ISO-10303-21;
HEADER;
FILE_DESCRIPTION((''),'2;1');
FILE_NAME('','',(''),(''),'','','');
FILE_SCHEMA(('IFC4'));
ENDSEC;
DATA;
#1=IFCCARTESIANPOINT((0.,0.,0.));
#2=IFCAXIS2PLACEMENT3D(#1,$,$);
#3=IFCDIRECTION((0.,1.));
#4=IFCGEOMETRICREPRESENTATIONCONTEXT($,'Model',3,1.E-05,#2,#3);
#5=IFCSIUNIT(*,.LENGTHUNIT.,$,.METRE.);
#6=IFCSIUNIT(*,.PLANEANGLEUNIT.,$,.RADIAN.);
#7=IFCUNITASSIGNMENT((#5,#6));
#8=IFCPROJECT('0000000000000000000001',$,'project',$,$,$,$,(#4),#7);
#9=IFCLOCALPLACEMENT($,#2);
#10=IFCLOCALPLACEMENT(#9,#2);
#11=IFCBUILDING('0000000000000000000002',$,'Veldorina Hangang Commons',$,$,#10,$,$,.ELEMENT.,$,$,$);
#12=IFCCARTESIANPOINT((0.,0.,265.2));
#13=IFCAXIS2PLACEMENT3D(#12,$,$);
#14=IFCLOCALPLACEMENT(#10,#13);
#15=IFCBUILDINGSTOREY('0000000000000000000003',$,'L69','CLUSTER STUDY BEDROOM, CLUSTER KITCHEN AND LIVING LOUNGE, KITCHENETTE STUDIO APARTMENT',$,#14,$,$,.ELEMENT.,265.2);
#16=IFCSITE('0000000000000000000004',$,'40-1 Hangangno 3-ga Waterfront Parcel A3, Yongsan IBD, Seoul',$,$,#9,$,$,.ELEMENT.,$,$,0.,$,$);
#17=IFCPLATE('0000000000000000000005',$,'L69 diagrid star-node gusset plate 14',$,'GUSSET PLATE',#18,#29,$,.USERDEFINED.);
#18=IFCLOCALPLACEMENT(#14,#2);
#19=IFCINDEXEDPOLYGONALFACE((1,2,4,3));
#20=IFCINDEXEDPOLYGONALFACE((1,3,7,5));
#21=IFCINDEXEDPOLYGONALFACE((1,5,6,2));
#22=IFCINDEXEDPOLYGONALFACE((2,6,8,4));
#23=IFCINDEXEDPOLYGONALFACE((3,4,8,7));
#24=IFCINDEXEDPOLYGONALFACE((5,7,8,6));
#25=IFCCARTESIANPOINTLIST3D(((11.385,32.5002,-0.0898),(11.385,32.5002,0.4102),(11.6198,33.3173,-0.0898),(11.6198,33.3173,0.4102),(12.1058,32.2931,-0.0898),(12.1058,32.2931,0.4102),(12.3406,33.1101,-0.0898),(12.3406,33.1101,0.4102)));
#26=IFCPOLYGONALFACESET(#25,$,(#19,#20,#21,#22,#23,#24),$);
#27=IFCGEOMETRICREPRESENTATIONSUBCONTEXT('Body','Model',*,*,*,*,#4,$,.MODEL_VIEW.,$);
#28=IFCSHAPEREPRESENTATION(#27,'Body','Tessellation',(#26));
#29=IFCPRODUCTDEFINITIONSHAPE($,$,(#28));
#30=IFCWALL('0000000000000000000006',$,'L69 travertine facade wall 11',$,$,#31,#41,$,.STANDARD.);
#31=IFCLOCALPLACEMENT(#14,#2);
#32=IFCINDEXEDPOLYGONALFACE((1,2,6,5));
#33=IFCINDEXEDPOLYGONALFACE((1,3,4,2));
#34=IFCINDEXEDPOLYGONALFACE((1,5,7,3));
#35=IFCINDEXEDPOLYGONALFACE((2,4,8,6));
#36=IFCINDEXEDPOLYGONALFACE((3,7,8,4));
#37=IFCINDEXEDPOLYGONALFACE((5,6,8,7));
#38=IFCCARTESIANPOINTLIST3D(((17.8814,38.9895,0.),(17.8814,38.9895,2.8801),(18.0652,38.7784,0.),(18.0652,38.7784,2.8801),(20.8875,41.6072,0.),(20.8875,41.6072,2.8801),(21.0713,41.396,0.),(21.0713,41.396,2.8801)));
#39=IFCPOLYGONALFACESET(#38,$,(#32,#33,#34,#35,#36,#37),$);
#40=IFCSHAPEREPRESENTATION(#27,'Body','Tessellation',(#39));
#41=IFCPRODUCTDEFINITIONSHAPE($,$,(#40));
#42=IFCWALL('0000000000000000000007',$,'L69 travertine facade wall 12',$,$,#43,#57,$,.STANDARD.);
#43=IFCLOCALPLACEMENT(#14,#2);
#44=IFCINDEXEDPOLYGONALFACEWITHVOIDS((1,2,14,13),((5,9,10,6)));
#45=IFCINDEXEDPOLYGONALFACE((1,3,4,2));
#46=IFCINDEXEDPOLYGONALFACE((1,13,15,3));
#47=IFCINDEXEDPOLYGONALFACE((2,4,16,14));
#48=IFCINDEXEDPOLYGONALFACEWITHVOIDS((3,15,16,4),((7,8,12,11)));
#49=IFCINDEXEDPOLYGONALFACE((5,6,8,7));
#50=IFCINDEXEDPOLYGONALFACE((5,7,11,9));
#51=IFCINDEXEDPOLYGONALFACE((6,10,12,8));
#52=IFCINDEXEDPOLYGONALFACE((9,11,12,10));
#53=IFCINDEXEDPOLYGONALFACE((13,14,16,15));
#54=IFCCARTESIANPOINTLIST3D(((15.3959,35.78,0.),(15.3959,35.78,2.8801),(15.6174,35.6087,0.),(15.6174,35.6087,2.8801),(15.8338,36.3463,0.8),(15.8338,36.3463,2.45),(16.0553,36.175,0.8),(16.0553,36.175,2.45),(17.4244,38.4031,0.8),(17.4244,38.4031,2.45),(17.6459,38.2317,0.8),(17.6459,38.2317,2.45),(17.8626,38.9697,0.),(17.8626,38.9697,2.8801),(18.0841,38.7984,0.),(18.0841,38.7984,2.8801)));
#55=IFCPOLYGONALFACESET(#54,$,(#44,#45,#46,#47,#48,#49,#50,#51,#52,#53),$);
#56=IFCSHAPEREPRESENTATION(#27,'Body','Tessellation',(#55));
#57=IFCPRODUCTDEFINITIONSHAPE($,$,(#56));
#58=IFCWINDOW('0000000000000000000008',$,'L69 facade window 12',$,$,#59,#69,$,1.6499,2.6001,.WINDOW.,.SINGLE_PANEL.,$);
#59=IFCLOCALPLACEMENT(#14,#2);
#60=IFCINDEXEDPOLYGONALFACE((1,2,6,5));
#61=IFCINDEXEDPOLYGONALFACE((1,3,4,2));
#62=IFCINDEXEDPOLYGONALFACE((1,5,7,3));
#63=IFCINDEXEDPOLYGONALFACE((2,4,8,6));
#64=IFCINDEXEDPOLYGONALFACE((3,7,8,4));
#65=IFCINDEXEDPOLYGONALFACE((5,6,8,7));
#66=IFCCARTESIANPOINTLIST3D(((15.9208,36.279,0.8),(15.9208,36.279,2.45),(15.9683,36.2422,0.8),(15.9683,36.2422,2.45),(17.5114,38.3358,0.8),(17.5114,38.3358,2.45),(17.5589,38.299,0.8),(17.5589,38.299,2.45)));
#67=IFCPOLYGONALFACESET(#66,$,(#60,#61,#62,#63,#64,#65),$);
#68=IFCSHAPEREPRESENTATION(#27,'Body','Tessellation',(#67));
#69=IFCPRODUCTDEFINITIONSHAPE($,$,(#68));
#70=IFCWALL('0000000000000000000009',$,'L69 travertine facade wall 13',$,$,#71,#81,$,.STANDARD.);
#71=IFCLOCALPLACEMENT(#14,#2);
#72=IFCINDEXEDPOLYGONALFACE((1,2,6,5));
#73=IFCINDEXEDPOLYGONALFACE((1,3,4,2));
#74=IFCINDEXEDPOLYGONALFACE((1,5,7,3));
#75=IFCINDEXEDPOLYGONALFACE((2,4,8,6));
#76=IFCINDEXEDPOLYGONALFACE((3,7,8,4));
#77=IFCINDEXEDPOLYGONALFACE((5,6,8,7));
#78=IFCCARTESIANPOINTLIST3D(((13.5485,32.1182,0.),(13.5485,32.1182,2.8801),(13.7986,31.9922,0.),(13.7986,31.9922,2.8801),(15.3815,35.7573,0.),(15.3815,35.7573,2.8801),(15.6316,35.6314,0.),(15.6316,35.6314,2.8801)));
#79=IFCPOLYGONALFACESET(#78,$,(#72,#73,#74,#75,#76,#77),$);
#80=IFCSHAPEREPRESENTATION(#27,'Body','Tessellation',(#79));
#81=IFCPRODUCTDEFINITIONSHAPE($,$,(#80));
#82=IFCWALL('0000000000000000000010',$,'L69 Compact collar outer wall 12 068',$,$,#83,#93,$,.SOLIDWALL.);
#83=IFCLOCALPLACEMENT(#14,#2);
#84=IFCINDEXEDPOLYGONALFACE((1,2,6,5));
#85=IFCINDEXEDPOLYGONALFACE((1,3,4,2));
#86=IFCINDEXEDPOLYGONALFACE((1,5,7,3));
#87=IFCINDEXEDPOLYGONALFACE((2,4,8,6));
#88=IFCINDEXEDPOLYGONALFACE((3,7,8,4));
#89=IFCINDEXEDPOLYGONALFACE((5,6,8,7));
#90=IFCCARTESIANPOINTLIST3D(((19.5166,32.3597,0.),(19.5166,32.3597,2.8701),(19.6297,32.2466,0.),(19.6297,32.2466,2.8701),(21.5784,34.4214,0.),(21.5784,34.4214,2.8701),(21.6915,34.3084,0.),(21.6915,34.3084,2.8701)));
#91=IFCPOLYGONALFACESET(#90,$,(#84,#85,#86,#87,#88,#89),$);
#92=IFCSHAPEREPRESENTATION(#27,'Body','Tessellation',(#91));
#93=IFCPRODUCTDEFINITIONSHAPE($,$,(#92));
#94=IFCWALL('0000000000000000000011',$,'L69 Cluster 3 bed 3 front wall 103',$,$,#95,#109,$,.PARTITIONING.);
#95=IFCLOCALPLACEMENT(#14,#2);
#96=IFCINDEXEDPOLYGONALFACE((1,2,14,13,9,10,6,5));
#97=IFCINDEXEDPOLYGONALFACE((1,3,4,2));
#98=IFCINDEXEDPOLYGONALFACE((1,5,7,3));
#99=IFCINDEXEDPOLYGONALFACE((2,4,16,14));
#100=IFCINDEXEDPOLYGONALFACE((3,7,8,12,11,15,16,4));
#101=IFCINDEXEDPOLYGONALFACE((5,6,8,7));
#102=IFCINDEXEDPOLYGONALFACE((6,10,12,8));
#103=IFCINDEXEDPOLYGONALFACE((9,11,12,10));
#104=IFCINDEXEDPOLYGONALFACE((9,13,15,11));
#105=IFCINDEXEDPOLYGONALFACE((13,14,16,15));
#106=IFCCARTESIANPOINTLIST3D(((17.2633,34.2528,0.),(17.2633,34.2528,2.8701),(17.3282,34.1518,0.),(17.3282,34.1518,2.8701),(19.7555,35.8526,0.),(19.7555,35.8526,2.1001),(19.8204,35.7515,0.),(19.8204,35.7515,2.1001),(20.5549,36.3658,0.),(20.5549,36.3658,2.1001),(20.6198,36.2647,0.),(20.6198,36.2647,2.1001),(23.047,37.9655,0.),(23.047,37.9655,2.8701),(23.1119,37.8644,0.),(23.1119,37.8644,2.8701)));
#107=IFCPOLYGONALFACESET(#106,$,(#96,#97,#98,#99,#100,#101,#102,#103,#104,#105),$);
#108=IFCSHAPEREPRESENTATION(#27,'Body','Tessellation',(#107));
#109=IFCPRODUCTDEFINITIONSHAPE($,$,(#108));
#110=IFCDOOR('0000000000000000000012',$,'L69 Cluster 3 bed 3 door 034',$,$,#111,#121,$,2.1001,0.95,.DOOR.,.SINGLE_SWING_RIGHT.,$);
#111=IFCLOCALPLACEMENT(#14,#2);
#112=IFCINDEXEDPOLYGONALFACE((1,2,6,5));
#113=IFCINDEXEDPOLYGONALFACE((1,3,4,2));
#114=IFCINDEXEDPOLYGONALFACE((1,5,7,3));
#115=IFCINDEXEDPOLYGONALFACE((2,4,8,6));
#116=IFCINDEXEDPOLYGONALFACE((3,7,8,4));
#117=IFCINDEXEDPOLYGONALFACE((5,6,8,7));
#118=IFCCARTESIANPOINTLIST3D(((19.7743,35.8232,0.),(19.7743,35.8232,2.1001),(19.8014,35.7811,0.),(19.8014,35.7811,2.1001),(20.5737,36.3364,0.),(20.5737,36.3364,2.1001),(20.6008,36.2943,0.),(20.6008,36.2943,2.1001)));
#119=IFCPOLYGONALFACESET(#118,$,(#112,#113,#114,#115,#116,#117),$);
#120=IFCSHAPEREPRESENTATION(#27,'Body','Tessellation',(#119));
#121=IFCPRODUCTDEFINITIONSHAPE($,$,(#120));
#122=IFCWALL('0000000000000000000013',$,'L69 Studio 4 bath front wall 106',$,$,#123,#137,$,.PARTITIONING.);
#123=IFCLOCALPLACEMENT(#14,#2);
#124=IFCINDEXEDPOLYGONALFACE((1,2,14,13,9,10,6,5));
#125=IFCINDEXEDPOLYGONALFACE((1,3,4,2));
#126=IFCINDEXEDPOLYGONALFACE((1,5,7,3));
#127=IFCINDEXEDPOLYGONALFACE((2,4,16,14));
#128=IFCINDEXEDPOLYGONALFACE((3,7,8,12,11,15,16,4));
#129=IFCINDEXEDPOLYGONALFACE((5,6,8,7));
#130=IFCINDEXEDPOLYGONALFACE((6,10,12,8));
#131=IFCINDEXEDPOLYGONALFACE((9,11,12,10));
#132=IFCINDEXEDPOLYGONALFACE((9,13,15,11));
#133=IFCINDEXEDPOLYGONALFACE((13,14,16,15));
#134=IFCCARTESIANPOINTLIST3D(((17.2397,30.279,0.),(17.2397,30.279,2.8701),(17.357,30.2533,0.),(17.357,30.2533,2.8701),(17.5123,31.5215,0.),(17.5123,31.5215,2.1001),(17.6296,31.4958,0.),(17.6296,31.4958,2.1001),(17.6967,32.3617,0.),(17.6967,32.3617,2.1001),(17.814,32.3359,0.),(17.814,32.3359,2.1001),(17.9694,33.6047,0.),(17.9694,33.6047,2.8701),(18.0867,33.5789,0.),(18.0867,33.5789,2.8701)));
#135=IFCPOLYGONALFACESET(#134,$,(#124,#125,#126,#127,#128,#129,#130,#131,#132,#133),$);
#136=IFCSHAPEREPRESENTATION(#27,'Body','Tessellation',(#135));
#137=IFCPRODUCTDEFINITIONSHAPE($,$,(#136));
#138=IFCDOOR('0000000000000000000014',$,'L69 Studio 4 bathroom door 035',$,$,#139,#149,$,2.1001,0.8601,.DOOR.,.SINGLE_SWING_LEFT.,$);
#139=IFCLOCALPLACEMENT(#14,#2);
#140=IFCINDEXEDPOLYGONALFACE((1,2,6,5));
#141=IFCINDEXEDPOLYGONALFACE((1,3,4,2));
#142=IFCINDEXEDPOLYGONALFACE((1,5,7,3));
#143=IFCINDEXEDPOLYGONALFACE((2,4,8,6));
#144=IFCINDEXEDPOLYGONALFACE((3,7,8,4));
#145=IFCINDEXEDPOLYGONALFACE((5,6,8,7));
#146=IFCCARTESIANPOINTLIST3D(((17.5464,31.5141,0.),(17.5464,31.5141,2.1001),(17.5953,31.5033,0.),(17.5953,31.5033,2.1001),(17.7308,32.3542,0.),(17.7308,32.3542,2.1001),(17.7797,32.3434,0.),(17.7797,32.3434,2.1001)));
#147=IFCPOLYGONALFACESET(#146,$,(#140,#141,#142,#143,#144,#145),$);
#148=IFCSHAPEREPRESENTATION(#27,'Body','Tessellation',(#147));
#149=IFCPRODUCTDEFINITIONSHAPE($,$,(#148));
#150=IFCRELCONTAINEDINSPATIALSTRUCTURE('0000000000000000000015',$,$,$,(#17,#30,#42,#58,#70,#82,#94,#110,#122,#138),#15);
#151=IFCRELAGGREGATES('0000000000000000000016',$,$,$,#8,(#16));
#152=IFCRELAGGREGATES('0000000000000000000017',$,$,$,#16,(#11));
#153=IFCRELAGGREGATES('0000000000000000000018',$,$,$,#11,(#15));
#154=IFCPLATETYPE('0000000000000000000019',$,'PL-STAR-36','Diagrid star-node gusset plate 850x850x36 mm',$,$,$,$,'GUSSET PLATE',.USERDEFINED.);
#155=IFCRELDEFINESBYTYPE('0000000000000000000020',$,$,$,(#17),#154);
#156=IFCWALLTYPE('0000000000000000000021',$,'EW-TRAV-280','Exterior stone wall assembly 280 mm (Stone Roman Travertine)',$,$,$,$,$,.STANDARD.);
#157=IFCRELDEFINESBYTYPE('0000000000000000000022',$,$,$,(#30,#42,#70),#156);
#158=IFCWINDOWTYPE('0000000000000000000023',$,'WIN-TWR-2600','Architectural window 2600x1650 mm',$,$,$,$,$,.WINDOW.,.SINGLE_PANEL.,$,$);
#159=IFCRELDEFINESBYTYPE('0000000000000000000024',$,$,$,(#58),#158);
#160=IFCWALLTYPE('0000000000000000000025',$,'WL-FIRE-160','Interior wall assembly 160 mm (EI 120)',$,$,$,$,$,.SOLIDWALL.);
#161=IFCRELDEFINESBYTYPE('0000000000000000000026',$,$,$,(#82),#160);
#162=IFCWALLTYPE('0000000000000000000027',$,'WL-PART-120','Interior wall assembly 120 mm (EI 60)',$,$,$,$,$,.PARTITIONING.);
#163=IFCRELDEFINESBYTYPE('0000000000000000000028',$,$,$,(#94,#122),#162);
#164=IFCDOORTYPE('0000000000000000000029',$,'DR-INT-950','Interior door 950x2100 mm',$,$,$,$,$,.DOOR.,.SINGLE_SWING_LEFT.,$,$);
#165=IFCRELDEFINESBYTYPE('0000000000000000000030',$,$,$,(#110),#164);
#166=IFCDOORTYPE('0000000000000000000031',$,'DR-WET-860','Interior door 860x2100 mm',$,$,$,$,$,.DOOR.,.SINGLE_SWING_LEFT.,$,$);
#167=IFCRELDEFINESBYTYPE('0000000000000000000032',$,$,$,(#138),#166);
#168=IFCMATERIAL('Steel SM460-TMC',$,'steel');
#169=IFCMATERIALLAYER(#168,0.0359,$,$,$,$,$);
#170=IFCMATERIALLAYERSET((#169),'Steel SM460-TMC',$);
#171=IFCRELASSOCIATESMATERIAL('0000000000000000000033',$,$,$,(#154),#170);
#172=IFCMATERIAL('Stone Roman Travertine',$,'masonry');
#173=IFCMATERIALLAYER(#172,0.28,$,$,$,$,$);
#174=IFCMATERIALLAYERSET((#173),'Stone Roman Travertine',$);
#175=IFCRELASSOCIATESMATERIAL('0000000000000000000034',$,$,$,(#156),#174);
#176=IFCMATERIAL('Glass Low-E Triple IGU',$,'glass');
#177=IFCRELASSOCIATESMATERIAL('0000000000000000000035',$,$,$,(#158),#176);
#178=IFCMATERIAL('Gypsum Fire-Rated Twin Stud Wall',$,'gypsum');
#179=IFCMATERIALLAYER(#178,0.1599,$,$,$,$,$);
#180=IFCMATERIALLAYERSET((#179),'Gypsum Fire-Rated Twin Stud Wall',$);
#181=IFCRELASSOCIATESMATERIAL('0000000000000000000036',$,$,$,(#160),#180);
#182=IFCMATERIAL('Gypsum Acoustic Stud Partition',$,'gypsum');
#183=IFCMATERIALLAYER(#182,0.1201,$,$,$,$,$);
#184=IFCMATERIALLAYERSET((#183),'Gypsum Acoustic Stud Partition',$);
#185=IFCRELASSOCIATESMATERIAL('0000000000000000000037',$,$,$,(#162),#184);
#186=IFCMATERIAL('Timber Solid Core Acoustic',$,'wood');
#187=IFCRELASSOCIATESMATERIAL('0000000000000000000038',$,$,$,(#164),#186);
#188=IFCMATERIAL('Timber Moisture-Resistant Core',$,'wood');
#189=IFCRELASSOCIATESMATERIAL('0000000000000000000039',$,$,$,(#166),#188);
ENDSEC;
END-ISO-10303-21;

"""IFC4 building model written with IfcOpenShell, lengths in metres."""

from ifc_helpers import new_model, si_unit, direction, frame, frame_2d, origin, origin_2d, place, context, subcontext, project, spatial, rectangle, extrude, material, layer, layer_set, type_object, element, fill, save


model = new_model("IFC4")

# Units and contexts
model_context = context("Model", 3, precision=1e-05, world=origin(), true_north=direction((0.0, 1.0)))
body_context = subcontext(model_context, "Body", "Model", "MODEL_VIEW")
ifc_project = project(units=[si_unit("LENGTHUNIT", "METRE"), si_unit("PLANEANGLEUNIT", "RADIAN")], contexts=[model_context])

# Site, building, storey
site_placement = place(None, origin())
site = spatial("IfcSite", under=ifc_project, at=site_placement, Name="40-1 Hangangno 3-ga Waterfront Parcel A3, Yongsan IBD, Seoul", CompositionType="ELEMENT", RefElevation=0.0)
building_placement = place(site_placement, origin())
building = spatial("IfcBuilding", under=site, at=building_placement, Name="Veldorina Hangang Commons", CompositionType="ELEMENT")
storey_placement = place(building_placement, frame((0.0, 0.0, 265.2)))
storey = spatial("IfcBuildingStorey", under=building, at=storey_placement, Name="L69", Description="CLUSTER STUDY BEDROOM, CLUSTER KITCHEN AND LIVING LOUNGE, KITCHENETTE STUDIO APARTMENT", CompositionType="ELEMENT", Elevation=265.2)

# Plate
ifc_material_1 = material(Name="Steel SM460-TMC", Category="steel")
ifc_layer_1 = layer(ifc_material_1, 0.0359)
ifc_layer_set_1 = layer_set([ifc_layer_1], Name="Steel SM460-TMC")
plate_type = type_object("IfcPlateType", Name="PL-STAR-36", Description="Diagrid star-node gusset plate 850x850x36 mm", ElementType="GUSSET PLATE", PredefinedType="USERDEFINED", material=ifc_layer_set_1)
plate_1_placement = place(storey_placement, frame((11.8628, 32.8052, -0.0898), z_axis=(0.0, 0.0, 1.0), x_axis=(-0.276191, -0.961103, 0.0)))
element("IfcPlate", 1, at=plate_1_placement, inside=storey, type_object=plate_type, Name="L69 diagrid star-node gusset plate 14", ObjectType="GUSSET PLATE", PredefinedType="USERDEFINED", context=body_context, shape_type="SweptSolid", body=[
    extrude(rectangle(XDim=0.8501, YDim=0.75, at=origin_2d()), origin(), (0.0, 0.0, 1.0), 0.5),
])

# Wall
ifc_material_2 = material(Name="Stone Roman Travertine", Category="masonry")
ifc_layer_2 = layer(ifc_material_2, 0.28)
ifc_layer_set_2 = layer_set([ifc_layer_2], Name="Stone Roman Travertine")
wall_type_1 = type_object("IfcWallType", Name="EW-TRAV-280", Description="Exterior stone wall assembly 280 mm (Stone Roman Travertine)", PredefinedType="STANDARD", material=ifc_layer_set_2)
wall_1_placement = place(storey_placement, frame((20.9795, 41.5017, 0.0), z_axis=(0.0, 0.0, 1.0), x_axis=(-0.754149, -0.656703, 0.0)))
element("IfcWall", 2, at=wall_1_placement, inside=storey, type_object=wall_type_1, Name="L69 travertine facade wall 11", PredefinedType="STANDARD", context=body_context, shape_type="SweptSolid", body=[
    extrude(rectangle(XDim=3.9861, YDim=0.28, at=frame_2d((1.9932, 0.0))), origin(), (0.0, 0.0, 1.0), 2.8801),
])

# Wall, opening, window
wall_2_placement = place(storey_placement, frame((17.9734, 38.884, 0.0), z_axis=(0.0, 0.0, 1.0), x_axis=(-0.611763, -0.791041, 0.0)))
wall_2 = element("IfcWall", 3, at=wall_2_placement, inside=storey, type_object=wall_type_1, Name="L69 travertine facade wall 12", PredefinedType="STANDARD", context=body_context, shape_type="SweptSolid", body=[
    extrude(rectangle(XDim=4.0322, YDim=0.28, at=frame_2d((2.0161, 0.0))), origin(), (0.0, 0.0, 1.0), 2.8801),
])
opening_1_placement = place(wall_2_placement, frame((0.7163, 0.0, 0.8)))
opening_1 = element("IfcOpeningElement", 4, at=opening_1_placement, cuts=wall_2, PredefinedType="OPENING", context=body_context, shape_type="SweptSolid", body=[
    extrude(rectangle(XDim=2.6001, YDim=1.6499, at=frame_2d((1.3, 0.825))), frame((0.0, 0.1499, 0.0), z_axis=(0.0, -1.0, 0.0), x_axis=(1.0, 0.0, 0.0)), (0.0, 0.0, 1.0), 0.3),
])
ifc_material_3 = material(Name="Glass Low-E Triple IGU", Category="glass")
window_type = type_object("IfcWindowType", Name="WIN-TWR-2600", Description="Architectural window 2600x1650 mm", PartitioningType="SINGLE_PANEL", PredefinedType="WINDOW", material=ifc_material_3)
window_placement = place(opening_1_placement, origin())
window = element("IfcWindow", 5, at=window_placement, inside=storey, type_object=window_type, Name="L69 facade window 12", OverallHeight=1.6499, OverallWidth=2.6001, PartitioningType="SINGLE_PANEL", PredefinedType="WINDOW", context=body_context, shape_type="SweptSolid", body=[
    extrude(rectangle(XDim=2.6001, YDim=1.6499, at=frame_2d((1.3, 0.825))), frame((0.0, 0.03, 0.0), z_axis=(0.0, -1.0, 0.0), x_axis=(1.0, 0.0, 0.0)), (0.0, 0.0, 1.0), 0.0601),
])
fill(opening_1, window)

# Walls
wall_3_placement = place(storey_placement, frame((15.5066, 35.6943, 0.0), z_axis=(0.0, 0.0, 1.0), x_axis=(-0.449848, -0.893105, 0.0)))
element("IfcWall", 6, at=wall_3_placement, inside=storey, type_object=wall_type_1, Name="L69 travertine facade wall 13", PredefinedType="STANDARD", context=body_context, shape_type="SweptSolid", body=[
    extrude(rectangle(XDim=4.0747, YDim=0.28, at=frame_2d((2.0374, 0.0))), origin(), (0.0, 0.0, 1.0), 2.8801),
])
ifc_material_4 = material(Name="Gypsum Fire-Rated Twin Stud Wall", Category="gypsum")
ifc_layer_3 = layer(ifc_material_4, 0.1599)
ifc_layer_set_3 = layer_set([ifc_layer_3], Name="Gypsum Fire-Rated Twin Stud Wall")
wall_type_2 = type_object("IfcWallType", Name="WL-FIRE-160", Description="Interior wall assembly 160 mm (EI 120)", PredefinedType="SOLIDWALL", material=ifc_layer_set_3)
wall_4_placement = place(storey_placement, frame((21.635, 34.365, 0.0), z_axis=(0.0, 0.0, 1.0), x_axis=(-0.707107, -0.707107, 0.0)))
element("IfcWall", 7, at=wall_4_placement, inside=storey, type_object=wall_type_2, Name="L69 Compact collar outer wall 12 068", PredefinedType="SOLIDWALL", context=body_context, shape_type="SweptSolid", body=[
    extrude(rectangle(XDim=2.9158, YDim=0.1599, at=frame_2d((1.458, 0.0))), origin(), (0.0, 0.0, 1.0), 2.8701),
])

# Walls, openings, doors
ifc_material_5 = material(Name="Gypsum Acoustic Stud Partition", Category="gypsum")
ifc_layer_4 = layer(ifc_material_5, 0.1201)
ifc_layer_set_4 = layer_set([ifc_layer_4], Name="Gypsum Acoustic Stud Partition")
wall_type_3 = type_object("IfcWallType", Name="WL-PART-120", Description="Interior wall assembly 120 mm (EI 60)", PredefinedType="PARTITIONING", material=ifc_layer_set_4)
wall_5_placement = place(storey_placement, frame((23.0796, 37.915, 0.0), z_axis=(0.0, 0.0, 1.0), x_axis=(-0.841538, -0.540197, 0.0)))
wall_5 = element("IfcWall", 8, at=wall_5_placement, inside=storey, type_object=wall_type_3, Name="L69 Cluster 3 bed 3 front wall 103", PredefinedType="PARTITIONING", context=body_context, shape_type="SweptSolid", body=[
    extrude(rectangle(XDim=6.8728, YDim=0.1201, at=frame_2d((3.4365, 0.0))), origin(), (0.0, 0.0, 1.0), 2.8701),
])
opening_2_placement = place(wall_5_placement, frame((2.9614, 0.0, 0.0)))
opening_2 = element("IfcOpeningElement", 9, at=opening_2_placement, cuts=wall_5, PredefinedType="OPENING", context=body_context, shape_type="SweptSolid", body=[
    extrude(rectangle(XDim=0.95, YDim=2.1001, at=frame_2d((0.4751, 1.05))), frame((0.0, 0.0701, 0.0), z_axis=(0.0, -1.0, 0.0), x_axis=(1.0, 0.0, 0.0)), (0.0, 0.0, 1.0), 0.1401),
])
ifc_material_6 = material(Name="Timber Solid Core Acoustic", Category="wood")
door_type_1 = type_object("IfcDoorType", Name="DR-INT-950", Description="Interior door 950x2100 mm", OperationType="SINGLE_SWING_LEFT", PredefinedType="DOOR", material=ifc_material_6)
door_1_placement = place(opening_2_placement, origin())
door_1 = element("IfcDoor", 10, at=door_1_placement, inside=storey, type_object=door_type_1, Name="L69 Cluster 3 bed 3 door 034", OperationType="SINGLE_SWING_RIGHT", OverallHeight=2.1001, OverallWidth=0.95, PredefinedType="DOOR", context=body_context, shape_type="SweptSolid", body=[
    extrude(rectangle(XDim=0.95, YDim=2.1001, at=frame_2d((0.4751, 1.05))), frame((0.0, 0.0249, 0.0), z_axis=(0.0, -1.0, 0.0), x_axis=(1.0, 0.0, 0.0)), (0.0, 0.0, 1.0), 0.05),
])
fill(opening_2, door_1)
wall_6_placement = place(storey_placement, frame((18.0281, 33.5918, 0.0), z_axis=(0.0, 0.0, 1.0), x_axis=(-0.214326, -0.976762, 0.0)))
wall_6 = element("IfcWall", 11, at=wall_6_placement, inside=storey, type_object=wall_type_3, Name="L69 Studio 4 bath front wall 106", PredefinedType="PARTITIONING", context=body_context, shape_type="SweptSolid", body=[
    extrude(rectangle(XDim=3.4048, YDim=0.1201, at=frame_2d((1.7024, 0.0))), origin(), (0.0, 0.0, 1.0), 2.8701),
])
opening_3_placement = place(wall_6_placement, frame((1.2725, 0.0, 0.0)))
opening_3 = element("IfcOpeningElement", 12, at=opening_3_placement, cuts=wall_6, PredefinedType="OPENING", context=body_context, shape_type="SweptSolid", body=[
    extrude(rectangle(XDim=0.8601, YDim=2.1001, at=frame_2d((0.4302, 1.05))), frame((0.0, 0.0701, 0.0), z_axis=(0.0, -1.0, 0.0), x_axis=(1.0, 0.0, 0.0)), (0.0, 0.0, 1.0), 0.1401),
])
ifc_material_7 = material(Name="Timber Moisture-Resistant Core", Category="wood")
door_type_2 = type_object("IfcDoorType", Name="DR-WET-860", Description="Interior door 860x2100 mm", OperationType="SINGLE_SWING_LEFT", PredefinedType="DOOR", material=ifc_material_7)
door_2_placement = place(opening_3_placement, origin())
door_2 = element("IfcDoor", 13, at=door_2_placement, inside=storey, type_object=door_type_2, Name="L69 Studio 4 bathroom door 035", OperationType="SINGLE_SWING_LEFT", OverallHeight=2.1001, OverallWidth=0.8601, PredefinedType="DOOR", context=body_context, shape_type="SweptSolid", body=[
    extrude(rectangle(XDim=0.8601, YDim=2.1001, at=frame_2d((0.4302, 1.05))), frame((0.0, 0.0249, 0.0), z_axis=(0.0, -1.0, 0.0), x_axis=(1.0, 0.0, 0.0)), (0.0, 0.0, 1.0), 0.05),
])
fill(opening_3, door_2)

save(model, "model.ifc")
